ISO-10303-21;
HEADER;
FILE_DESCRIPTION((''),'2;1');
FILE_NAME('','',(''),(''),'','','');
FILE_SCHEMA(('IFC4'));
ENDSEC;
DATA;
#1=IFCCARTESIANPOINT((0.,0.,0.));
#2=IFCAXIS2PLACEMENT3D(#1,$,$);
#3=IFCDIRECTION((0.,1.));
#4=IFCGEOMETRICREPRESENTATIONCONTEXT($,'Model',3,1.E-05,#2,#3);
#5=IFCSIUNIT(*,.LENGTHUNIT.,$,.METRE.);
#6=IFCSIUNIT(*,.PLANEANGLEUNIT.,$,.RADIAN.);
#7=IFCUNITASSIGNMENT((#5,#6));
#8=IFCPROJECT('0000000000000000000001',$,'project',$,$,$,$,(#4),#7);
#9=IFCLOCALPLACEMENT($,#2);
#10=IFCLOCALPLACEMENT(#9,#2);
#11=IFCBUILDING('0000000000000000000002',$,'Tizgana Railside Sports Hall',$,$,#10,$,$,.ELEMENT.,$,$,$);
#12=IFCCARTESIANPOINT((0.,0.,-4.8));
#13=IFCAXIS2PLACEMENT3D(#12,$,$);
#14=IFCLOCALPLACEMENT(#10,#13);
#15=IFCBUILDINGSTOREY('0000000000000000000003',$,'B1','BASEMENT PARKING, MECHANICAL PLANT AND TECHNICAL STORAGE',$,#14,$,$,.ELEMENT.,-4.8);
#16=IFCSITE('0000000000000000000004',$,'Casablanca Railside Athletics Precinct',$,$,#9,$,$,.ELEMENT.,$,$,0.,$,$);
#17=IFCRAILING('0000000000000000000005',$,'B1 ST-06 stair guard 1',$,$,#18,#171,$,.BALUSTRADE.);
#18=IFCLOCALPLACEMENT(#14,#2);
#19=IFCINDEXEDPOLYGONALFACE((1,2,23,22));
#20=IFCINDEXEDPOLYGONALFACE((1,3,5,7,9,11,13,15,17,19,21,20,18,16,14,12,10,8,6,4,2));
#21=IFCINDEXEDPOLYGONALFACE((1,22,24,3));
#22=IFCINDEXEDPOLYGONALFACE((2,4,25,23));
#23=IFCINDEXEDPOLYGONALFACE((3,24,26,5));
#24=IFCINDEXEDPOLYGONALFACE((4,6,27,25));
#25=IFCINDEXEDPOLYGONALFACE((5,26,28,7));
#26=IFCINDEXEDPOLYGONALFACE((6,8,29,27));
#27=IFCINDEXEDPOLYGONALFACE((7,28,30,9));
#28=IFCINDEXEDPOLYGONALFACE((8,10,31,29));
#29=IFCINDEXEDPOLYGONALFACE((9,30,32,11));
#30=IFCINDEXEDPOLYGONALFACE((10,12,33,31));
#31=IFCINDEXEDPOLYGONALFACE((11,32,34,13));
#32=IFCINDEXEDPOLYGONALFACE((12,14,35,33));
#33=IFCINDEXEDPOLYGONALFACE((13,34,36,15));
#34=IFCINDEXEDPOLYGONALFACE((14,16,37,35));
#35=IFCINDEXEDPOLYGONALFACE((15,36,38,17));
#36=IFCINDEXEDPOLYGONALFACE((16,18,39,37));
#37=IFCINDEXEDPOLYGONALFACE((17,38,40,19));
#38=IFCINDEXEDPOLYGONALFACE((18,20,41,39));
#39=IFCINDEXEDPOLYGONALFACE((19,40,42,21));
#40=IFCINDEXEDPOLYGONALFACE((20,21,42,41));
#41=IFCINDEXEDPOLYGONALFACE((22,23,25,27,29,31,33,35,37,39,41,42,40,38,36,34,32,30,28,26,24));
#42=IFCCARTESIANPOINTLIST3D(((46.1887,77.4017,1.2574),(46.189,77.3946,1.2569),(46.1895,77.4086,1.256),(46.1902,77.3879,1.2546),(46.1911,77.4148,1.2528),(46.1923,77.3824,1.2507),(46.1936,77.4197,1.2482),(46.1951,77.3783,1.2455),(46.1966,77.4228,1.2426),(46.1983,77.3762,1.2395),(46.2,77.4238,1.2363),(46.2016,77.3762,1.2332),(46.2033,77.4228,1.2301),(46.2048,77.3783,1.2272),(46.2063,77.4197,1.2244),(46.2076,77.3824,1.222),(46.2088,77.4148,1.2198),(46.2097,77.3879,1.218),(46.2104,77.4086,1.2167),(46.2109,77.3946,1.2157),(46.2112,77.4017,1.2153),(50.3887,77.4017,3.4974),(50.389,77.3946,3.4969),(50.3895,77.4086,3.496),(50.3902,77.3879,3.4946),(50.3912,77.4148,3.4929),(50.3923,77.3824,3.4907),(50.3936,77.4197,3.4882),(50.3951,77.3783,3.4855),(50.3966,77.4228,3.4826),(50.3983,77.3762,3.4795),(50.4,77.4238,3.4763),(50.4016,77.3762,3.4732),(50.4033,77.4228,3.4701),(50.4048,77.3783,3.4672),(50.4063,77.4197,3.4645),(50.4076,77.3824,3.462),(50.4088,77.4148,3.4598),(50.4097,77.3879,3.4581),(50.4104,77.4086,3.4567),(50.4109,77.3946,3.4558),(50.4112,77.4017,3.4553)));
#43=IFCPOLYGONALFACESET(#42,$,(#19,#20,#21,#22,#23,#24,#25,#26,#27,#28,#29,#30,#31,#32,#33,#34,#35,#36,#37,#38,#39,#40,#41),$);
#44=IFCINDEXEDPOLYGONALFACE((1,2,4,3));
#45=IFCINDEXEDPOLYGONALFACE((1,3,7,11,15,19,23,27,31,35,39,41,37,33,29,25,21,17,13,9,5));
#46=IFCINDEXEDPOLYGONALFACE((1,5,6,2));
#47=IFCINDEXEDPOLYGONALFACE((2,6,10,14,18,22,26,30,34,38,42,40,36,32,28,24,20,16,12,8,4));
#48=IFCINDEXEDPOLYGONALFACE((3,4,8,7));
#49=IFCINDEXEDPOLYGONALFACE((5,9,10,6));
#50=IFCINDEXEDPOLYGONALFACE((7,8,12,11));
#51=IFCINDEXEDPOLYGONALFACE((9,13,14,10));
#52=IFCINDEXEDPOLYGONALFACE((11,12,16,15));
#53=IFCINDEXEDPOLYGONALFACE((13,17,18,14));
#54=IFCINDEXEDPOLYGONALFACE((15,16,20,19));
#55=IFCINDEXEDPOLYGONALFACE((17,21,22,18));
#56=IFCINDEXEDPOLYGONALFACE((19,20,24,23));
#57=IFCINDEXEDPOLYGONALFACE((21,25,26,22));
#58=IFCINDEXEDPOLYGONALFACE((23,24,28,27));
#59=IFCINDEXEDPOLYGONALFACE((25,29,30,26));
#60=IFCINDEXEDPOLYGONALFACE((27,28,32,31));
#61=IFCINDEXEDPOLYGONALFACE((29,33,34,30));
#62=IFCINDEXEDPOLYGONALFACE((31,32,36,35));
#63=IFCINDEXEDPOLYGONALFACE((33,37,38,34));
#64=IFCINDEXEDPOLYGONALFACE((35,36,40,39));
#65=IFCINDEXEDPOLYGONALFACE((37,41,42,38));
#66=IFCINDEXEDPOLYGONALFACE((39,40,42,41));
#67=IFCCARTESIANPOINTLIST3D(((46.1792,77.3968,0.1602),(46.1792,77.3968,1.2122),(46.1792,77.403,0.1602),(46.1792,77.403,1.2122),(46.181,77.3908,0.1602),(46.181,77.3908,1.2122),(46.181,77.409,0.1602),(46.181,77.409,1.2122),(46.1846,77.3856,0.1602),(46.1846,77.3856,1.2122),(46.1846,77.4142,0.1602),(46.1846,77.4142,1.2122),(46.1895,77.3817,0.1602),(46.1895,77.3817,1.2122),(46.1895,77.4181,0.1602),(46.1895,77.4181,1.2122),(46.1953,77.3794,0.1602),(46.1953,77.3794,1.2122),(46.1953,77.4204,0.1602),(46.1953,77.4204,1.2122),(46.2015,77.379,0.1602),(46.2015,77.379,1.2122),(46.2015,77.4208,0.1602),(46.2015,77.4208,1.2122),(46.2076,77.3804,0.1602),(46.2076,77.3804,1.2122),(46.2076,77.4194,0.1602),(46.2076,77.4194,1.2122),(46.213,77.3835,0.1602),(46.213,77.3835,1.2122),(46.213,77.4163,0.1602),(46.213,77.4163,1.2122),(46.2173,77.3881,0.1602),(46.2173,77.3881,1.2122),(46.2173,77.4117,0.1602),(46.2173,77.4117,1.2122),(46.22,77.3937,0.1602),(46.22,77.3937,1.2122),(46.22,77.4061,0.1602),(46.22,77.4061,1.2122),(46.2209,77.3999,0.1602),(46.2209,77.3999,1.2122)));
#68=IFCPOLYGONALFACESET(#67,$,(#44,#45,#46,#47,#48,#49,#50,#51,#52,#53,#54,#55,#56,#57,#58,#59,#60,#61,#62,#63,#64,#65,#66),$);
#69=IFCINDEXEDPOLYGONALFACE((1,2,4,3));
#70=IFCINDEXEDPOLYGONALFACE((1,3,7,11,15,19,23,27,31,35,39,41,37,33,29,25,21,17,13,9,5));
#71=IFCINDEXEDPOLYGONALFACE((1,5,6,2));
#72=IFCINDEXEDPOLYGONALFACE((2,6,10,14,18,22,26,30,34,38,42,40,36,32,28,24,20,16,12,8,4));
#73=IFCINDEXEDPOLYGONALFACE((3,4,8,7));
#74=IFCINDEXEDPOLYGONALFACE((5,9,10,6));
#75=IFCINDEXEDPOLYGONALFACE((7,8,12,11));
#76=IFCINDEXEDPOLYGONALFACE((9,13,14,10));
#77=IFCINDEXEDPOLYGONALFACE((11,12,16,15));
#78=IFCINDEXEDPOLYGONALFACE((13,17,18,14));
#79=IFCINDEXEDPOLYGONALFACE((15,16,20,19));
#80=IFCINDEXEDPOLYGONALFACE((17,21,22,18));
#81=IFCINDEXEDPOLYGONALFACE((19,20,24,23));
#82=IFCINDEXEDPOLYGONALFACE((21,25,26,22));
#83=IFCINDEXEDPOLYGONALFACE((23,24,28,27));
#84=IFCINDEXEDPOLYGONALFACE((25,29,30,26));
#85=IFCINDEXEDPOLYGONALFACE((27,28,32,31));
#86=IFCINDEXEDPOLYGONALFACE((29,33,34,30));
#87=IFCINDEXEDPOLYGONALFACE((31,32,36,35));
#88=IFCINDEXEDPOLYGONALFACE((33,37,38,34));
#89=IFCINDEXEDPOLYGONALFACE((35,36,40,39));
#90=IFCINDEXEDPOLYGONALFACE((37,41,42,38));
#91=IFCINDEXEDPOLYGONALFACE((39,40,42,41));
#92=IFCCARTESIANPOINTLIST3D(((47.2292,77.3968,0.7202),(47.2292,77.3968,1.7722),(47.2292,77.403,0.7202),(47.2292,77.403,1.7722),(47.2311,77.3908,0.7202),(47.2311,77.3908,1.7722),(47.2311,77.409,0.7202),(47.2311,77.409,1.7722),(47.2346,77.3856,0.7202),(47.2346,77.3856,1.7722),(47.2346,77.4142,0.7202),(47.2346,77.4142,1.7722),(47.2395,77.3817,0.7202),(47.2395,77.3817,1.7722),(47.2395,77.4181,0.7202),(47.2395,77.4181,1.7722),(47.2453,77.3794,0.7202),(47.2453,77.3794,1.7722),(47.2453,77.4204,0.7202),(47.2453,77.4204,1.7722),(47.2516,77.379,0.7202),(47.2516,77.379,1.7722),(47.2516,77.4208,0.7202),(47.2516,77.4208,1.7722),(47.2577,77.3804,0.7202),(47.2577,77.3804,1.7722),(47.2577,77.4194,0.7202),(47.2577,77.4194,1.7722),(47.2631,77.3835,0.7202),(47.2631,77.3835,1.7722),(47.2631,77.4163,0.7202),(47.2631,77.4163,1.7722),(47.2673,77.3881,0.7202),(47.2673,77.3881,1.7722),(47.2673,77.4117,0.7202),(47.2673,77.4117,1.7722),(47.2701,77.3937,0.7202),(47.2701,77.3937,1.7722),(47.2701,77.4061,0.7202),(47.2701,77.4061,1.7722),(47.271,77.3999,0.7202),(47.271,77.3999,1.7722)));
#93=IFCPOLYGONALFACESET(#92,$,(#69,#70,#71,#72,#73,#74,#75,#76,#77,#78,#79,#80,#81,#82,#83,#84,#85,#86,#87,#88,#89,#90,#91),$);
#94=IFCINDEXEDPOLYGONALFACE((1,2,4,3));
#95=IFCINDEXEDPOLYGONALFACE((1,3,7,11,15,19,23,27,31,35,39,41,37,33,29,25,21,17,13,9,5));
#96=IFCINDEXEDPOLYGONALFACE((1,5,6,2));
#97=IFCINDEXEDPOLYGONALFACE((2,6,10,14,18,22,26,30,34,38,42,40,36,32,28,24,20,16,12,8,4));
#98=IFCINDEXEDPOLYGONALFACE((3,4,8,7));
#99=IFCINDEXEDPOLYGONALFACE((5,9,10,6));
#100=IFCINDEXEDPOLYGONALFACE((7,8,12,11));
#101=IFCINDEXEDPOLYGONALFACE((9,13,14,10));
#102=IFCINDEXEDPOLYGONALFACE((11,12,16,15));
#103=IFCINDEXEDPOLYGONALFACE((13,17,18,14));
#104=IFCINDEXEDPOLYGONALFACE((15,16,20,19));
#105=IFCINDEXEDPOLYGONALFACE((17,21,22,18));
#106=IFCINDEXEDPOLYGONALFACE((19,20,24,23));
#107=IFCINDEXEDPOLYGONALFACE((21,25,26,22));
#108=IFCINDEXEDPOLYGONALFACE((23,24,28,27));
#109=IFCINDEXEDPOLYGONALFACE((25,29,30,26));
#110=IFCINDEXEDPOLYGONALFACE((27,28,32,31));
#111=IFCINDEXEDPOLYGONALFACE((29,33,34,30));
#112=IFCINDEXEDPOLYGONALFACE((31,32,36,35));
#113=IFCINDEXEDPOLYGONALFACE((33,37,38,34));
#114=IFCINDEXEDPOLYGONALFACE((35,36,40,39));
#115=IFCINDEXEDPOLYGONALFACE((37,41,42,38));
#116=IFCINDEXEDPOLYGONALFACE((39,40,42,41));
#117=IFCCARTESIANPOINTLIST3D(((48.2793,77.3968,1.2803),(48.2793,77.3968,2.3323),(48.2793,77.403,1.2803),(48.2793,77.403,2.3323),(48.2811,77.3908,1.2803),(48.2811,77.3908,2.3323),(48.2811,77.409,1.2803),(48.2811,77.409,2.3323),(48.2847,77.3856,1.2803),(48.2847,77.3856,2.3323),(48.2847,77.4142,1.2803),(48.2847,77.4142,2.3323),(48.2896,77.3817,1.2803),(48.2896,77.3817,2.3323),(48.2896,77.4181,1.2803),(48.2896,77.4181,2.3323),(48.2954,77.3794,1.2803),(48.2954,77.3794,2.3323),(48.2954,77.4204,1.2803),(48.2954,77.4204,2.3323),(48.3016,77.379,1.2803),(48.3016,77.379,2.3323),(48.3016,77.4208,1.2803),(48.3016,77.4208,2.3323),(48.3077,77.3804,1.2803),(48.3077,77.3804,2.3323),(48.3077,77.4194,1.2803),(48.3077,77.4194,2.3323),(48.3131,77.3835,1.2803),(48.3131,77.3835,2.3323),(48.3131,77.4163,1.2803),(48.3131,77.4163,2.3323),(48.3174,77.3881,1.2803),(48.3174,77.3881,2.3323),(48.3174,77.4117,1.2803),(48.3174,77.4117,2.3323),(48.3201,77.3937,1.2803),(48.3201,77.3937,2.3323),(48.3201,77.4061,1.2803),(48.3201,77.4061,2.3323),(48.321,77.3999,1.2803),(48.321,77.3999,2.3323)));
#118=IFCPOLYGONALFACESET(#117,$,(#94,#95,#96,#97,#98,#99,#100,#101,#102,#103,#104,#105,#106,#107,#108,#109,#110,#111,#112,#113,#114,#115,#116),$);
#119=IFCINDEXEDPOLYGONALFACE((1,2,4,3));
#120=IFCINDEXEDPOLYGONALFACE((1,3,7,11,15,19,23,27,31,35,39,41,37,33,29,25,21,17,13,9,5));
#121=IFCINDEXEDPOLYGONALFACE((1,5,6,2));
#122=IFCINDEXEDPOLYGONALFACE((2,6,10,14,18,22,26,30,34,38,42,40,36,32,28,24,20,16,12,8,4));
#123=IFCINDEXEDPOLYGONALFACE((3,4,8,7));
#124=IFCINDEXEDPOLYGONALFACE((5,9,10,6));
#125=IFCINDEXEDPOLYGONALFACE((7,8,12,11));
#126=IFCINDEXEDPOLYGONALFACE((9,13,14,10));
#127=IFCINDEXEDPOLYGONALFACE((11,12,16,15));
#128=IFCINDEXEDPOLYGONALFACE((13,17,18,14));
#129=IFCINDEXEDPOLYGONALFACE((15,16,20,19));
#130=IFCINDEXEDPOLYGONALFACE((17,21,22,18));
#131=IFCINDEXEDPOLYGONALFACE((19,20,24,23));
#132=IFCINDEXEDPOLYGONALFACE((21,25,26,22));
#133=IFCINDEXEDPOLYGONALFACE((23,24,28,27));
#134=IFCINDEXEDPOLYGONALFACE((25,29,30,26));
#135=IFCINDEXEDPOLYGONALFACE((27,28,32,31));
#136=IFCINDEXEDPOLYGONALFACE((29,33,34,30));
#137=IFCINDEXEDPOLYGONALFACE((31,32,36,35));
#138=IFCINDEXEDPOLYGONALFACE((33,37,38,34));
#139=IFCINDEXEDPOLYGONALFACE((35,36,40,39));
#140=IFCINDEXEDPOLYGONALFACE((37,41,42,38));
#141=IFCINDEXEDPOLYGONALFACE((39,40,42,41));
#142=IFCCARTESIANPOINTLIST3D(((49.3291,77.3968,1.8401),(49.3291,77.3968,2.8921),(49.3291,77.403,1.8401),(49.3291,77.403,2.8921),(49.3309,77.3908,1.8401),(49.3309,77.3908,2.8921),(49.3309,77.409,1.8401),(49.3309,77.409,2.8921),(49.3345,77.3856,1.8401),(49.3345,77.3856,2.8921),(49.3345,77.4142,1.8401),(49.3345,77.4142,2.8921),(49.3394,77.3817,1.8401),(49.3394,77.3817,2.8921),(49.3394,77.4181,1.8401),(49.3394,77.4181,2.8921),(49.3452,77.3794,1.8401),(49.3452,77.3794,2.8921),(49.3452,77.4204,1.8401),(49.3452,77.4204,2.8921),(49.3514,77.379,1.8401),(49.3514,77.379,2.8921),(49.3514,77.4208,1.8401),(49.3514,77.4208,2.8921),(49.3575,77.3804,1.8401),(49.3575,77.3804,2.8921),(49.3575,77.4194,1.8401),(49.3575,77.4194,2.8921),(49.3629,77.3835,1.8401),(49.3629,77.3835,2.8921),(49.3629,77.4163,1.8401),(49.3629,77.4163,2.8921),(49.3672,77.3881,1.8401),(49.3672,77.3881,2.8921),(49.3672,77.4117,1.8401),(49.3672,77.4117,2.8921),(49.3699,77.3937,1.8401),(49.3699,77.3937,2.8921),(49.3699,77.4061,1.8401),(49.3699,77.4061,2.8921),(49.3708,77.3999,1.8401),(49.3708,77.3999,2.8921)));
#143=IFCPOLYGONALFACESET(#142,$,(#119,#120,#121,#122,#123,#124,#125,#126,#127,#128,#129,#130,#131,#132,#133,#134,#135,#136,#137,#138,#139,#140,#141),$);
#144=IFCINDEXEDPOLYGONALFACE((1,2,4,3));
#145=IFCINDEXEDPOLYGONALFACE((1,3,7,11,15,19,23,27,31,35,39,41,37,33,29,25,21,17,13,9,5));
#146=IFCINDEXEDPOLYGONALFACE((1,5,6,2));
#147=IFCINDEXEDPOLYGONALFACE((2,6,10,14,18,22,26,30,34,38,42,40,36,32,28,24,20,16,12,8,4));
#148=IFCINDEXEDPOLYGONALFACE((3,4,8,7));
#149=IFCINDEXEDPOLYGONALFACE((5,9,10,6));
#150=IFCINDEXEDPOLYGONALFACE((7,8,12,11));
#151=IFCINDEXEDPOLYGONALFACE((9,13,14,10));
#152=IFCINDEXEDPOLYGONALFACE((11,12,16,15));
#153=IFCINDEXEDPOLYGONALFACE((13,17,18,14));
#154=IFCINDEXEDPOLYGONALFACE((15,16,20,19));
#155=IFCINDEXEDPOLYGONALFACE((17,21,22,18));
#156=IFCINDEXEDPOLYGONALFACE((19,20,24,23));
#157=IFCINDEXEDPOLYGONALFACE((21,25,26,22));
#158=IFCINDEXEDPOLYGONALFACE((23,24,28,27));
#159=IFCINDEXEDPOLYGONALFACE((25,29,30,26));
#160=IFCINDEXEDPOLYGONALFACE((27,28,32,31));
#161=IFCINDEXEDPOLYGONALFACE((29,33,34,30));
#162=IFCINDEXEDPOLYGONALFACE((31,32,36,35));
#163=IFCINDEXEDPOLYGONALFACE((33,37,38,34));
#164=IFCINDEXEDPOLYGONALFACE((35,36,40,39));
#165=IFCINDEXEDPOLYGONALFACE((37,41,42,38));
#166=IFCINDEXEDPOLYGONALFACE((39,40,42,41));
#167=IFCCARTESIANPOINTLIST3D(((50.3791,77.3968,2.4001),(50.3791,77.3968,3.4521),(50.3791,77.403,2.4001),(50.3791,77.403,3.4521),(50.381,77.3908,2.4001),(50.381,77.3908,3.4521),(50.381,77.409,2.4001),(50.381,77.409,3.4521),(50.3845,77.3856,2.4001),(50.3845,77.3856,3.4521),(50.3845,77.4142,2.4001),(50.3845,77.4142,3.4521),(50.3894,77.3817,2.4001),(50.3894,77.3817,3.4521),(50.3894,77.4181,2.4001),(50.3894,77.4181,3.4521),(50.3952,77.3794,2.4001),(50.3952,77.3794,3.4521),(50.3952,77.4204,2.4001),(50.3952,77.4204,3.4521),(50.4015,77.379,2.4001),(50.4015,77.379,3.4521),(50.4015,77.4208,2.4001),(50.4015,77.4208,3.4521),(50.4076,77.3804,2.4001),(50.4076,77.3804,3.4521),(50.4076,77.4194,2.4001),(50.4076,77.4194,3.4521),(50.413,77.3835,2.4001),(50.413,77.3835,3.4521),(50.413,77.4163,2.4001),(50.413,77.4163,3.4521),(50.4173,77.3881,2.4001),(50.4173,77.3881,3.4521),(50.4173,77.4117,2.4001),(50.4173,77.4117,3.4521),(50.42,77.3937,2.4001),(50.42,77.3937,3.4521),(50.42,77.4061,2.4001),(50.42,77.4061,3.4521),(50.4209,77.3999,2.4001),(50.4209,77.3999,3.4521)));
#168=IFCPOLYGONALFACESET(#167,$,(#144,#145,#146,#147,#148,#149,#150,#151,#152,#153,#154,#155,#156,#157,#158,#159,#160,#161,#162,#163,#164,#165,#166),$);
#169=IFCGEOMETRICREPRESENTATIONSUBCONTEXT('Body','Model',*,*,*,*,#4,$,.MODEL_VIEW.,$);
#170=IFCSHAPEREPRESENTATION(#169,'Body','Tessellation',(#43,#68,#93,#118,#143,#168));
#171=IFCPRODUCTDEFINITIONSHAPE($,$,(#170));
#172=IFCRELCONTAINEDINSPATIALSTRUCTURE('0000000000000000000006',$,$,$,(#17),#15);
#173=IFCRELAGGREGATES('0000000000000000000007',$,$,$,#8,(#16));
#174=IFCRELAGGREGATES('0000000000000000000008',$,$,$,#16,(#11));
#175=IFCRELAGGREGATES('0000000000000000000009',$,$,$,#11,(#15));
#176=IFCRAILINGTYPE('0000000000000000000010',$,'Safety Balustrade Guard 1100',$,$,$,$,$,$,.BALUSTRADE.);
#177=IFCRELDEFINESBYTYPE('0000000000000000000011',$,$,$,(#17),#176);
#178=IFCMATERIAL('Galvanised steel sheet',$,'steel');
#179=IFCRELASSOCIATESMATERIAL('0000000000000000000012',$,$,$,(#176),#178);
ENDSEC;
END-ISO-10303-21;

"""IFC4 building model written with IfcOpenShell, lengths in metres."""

from ifc_helpers import new_model, si_unit, direction, frame, origin, origin_2d, place, context, subcontext, project, spatial, circle, extrude, material, type_object, element, save


model = new_model("IFC4")

# Units and contexts
model_context = context("Model", 3, precision=1e-05, world=origin(), true_north=direction((0.0, 1.0)))
body_context = subcontext(model_context, "Body", "Model", "MODEL_VIEW")
ifc_project = project(units=[si_unit("LENGTHUNIT", "METRE"), si_unit("PLANEANGLEUNIT", "RADIAN")], contexts=[model_context])

# Site, building, storey
site_placement = place(None, origin())
site = spatial("IfcSite", under=ifc_project, at=site_placement, Name="Casablanca Railside Athletics Precinct", CompositionType="ELEMENT", RefElevation=0.0)
building_placement = place(site_placement, origin())
building = spatial("IfcBuilding", under=site, at=building_placement, Name="Tizgana Railside Sports Hall", CompositionType="ELEMENT")
storey_placement = place(building_placement, frame((0.0, 0.0, -4.8)))
storey = spatial("IfcBuildingStorey", under=building, at=storey_placement, Name="B1", Description="BASEMENT PARKING, MECHANICAL PLANT AND TECHNICAL STORAGE", CompositionType="ELEMENT", Elevation=-4.8)

# Railing
ifc_material_1 = material(Name="Galvanised steel sheet", Category="steel")
railing_type_1 = type_object("IfcRailingType", Name="Safety Balustrade Guard 1100", PredefinedType="BALUSTRADE", material=ifc_material_1)
railing_1_placement = place(storey_placement, frame((46.2, 77.3999, 0.1602)))
element("IfcRailing", 1, at=railing_1_placement, inside=storey, type_object=railing_type_1, Name="B1 ST-06 stair guard 1", PredefinedType="BALUSTRADE", context=body_context, shape_type="SweptSolid", body=[
    extrude(circle(Radius=0.0239, at=origin_2d()), frame((0.0, 0.0, 1.0762), z_axis=(0.882352, 0.0, 0.470591), x_axis=(0.0, 1.0, 0.0)), (0.0, 0.0, 1.0), 4.76),
    extrude(circle(Radius=0.021, at=origin_2d()), origin(), (0.0, 0.0, 1.0), 1.052),
    extrude(circle(Radius=0.021, at=origin_2d()), frame((1.05, 0.0, 0.5601)), (0.0, 0.0, 1.0), 1.052),
    extrude(circle(Radius=0.021, at=origin_2d()), frame((2.1001, 0.0, 1.1201)), (0.0, 0.0, 1.0), 1.052),
    extrude(circle(Radius=0.021, at=origin_2d()), frame((3.1499, 0.0, 1.6799)), (0.0, 0.0, 1.0), 1.052),
    extrude(circle(Radius=0.021, at=origin_2d()), frame((4.2, 0.0, 2.24)), (0.0, 0.0, 1.0), 1.052),
])

save(model, "model.ifc")
